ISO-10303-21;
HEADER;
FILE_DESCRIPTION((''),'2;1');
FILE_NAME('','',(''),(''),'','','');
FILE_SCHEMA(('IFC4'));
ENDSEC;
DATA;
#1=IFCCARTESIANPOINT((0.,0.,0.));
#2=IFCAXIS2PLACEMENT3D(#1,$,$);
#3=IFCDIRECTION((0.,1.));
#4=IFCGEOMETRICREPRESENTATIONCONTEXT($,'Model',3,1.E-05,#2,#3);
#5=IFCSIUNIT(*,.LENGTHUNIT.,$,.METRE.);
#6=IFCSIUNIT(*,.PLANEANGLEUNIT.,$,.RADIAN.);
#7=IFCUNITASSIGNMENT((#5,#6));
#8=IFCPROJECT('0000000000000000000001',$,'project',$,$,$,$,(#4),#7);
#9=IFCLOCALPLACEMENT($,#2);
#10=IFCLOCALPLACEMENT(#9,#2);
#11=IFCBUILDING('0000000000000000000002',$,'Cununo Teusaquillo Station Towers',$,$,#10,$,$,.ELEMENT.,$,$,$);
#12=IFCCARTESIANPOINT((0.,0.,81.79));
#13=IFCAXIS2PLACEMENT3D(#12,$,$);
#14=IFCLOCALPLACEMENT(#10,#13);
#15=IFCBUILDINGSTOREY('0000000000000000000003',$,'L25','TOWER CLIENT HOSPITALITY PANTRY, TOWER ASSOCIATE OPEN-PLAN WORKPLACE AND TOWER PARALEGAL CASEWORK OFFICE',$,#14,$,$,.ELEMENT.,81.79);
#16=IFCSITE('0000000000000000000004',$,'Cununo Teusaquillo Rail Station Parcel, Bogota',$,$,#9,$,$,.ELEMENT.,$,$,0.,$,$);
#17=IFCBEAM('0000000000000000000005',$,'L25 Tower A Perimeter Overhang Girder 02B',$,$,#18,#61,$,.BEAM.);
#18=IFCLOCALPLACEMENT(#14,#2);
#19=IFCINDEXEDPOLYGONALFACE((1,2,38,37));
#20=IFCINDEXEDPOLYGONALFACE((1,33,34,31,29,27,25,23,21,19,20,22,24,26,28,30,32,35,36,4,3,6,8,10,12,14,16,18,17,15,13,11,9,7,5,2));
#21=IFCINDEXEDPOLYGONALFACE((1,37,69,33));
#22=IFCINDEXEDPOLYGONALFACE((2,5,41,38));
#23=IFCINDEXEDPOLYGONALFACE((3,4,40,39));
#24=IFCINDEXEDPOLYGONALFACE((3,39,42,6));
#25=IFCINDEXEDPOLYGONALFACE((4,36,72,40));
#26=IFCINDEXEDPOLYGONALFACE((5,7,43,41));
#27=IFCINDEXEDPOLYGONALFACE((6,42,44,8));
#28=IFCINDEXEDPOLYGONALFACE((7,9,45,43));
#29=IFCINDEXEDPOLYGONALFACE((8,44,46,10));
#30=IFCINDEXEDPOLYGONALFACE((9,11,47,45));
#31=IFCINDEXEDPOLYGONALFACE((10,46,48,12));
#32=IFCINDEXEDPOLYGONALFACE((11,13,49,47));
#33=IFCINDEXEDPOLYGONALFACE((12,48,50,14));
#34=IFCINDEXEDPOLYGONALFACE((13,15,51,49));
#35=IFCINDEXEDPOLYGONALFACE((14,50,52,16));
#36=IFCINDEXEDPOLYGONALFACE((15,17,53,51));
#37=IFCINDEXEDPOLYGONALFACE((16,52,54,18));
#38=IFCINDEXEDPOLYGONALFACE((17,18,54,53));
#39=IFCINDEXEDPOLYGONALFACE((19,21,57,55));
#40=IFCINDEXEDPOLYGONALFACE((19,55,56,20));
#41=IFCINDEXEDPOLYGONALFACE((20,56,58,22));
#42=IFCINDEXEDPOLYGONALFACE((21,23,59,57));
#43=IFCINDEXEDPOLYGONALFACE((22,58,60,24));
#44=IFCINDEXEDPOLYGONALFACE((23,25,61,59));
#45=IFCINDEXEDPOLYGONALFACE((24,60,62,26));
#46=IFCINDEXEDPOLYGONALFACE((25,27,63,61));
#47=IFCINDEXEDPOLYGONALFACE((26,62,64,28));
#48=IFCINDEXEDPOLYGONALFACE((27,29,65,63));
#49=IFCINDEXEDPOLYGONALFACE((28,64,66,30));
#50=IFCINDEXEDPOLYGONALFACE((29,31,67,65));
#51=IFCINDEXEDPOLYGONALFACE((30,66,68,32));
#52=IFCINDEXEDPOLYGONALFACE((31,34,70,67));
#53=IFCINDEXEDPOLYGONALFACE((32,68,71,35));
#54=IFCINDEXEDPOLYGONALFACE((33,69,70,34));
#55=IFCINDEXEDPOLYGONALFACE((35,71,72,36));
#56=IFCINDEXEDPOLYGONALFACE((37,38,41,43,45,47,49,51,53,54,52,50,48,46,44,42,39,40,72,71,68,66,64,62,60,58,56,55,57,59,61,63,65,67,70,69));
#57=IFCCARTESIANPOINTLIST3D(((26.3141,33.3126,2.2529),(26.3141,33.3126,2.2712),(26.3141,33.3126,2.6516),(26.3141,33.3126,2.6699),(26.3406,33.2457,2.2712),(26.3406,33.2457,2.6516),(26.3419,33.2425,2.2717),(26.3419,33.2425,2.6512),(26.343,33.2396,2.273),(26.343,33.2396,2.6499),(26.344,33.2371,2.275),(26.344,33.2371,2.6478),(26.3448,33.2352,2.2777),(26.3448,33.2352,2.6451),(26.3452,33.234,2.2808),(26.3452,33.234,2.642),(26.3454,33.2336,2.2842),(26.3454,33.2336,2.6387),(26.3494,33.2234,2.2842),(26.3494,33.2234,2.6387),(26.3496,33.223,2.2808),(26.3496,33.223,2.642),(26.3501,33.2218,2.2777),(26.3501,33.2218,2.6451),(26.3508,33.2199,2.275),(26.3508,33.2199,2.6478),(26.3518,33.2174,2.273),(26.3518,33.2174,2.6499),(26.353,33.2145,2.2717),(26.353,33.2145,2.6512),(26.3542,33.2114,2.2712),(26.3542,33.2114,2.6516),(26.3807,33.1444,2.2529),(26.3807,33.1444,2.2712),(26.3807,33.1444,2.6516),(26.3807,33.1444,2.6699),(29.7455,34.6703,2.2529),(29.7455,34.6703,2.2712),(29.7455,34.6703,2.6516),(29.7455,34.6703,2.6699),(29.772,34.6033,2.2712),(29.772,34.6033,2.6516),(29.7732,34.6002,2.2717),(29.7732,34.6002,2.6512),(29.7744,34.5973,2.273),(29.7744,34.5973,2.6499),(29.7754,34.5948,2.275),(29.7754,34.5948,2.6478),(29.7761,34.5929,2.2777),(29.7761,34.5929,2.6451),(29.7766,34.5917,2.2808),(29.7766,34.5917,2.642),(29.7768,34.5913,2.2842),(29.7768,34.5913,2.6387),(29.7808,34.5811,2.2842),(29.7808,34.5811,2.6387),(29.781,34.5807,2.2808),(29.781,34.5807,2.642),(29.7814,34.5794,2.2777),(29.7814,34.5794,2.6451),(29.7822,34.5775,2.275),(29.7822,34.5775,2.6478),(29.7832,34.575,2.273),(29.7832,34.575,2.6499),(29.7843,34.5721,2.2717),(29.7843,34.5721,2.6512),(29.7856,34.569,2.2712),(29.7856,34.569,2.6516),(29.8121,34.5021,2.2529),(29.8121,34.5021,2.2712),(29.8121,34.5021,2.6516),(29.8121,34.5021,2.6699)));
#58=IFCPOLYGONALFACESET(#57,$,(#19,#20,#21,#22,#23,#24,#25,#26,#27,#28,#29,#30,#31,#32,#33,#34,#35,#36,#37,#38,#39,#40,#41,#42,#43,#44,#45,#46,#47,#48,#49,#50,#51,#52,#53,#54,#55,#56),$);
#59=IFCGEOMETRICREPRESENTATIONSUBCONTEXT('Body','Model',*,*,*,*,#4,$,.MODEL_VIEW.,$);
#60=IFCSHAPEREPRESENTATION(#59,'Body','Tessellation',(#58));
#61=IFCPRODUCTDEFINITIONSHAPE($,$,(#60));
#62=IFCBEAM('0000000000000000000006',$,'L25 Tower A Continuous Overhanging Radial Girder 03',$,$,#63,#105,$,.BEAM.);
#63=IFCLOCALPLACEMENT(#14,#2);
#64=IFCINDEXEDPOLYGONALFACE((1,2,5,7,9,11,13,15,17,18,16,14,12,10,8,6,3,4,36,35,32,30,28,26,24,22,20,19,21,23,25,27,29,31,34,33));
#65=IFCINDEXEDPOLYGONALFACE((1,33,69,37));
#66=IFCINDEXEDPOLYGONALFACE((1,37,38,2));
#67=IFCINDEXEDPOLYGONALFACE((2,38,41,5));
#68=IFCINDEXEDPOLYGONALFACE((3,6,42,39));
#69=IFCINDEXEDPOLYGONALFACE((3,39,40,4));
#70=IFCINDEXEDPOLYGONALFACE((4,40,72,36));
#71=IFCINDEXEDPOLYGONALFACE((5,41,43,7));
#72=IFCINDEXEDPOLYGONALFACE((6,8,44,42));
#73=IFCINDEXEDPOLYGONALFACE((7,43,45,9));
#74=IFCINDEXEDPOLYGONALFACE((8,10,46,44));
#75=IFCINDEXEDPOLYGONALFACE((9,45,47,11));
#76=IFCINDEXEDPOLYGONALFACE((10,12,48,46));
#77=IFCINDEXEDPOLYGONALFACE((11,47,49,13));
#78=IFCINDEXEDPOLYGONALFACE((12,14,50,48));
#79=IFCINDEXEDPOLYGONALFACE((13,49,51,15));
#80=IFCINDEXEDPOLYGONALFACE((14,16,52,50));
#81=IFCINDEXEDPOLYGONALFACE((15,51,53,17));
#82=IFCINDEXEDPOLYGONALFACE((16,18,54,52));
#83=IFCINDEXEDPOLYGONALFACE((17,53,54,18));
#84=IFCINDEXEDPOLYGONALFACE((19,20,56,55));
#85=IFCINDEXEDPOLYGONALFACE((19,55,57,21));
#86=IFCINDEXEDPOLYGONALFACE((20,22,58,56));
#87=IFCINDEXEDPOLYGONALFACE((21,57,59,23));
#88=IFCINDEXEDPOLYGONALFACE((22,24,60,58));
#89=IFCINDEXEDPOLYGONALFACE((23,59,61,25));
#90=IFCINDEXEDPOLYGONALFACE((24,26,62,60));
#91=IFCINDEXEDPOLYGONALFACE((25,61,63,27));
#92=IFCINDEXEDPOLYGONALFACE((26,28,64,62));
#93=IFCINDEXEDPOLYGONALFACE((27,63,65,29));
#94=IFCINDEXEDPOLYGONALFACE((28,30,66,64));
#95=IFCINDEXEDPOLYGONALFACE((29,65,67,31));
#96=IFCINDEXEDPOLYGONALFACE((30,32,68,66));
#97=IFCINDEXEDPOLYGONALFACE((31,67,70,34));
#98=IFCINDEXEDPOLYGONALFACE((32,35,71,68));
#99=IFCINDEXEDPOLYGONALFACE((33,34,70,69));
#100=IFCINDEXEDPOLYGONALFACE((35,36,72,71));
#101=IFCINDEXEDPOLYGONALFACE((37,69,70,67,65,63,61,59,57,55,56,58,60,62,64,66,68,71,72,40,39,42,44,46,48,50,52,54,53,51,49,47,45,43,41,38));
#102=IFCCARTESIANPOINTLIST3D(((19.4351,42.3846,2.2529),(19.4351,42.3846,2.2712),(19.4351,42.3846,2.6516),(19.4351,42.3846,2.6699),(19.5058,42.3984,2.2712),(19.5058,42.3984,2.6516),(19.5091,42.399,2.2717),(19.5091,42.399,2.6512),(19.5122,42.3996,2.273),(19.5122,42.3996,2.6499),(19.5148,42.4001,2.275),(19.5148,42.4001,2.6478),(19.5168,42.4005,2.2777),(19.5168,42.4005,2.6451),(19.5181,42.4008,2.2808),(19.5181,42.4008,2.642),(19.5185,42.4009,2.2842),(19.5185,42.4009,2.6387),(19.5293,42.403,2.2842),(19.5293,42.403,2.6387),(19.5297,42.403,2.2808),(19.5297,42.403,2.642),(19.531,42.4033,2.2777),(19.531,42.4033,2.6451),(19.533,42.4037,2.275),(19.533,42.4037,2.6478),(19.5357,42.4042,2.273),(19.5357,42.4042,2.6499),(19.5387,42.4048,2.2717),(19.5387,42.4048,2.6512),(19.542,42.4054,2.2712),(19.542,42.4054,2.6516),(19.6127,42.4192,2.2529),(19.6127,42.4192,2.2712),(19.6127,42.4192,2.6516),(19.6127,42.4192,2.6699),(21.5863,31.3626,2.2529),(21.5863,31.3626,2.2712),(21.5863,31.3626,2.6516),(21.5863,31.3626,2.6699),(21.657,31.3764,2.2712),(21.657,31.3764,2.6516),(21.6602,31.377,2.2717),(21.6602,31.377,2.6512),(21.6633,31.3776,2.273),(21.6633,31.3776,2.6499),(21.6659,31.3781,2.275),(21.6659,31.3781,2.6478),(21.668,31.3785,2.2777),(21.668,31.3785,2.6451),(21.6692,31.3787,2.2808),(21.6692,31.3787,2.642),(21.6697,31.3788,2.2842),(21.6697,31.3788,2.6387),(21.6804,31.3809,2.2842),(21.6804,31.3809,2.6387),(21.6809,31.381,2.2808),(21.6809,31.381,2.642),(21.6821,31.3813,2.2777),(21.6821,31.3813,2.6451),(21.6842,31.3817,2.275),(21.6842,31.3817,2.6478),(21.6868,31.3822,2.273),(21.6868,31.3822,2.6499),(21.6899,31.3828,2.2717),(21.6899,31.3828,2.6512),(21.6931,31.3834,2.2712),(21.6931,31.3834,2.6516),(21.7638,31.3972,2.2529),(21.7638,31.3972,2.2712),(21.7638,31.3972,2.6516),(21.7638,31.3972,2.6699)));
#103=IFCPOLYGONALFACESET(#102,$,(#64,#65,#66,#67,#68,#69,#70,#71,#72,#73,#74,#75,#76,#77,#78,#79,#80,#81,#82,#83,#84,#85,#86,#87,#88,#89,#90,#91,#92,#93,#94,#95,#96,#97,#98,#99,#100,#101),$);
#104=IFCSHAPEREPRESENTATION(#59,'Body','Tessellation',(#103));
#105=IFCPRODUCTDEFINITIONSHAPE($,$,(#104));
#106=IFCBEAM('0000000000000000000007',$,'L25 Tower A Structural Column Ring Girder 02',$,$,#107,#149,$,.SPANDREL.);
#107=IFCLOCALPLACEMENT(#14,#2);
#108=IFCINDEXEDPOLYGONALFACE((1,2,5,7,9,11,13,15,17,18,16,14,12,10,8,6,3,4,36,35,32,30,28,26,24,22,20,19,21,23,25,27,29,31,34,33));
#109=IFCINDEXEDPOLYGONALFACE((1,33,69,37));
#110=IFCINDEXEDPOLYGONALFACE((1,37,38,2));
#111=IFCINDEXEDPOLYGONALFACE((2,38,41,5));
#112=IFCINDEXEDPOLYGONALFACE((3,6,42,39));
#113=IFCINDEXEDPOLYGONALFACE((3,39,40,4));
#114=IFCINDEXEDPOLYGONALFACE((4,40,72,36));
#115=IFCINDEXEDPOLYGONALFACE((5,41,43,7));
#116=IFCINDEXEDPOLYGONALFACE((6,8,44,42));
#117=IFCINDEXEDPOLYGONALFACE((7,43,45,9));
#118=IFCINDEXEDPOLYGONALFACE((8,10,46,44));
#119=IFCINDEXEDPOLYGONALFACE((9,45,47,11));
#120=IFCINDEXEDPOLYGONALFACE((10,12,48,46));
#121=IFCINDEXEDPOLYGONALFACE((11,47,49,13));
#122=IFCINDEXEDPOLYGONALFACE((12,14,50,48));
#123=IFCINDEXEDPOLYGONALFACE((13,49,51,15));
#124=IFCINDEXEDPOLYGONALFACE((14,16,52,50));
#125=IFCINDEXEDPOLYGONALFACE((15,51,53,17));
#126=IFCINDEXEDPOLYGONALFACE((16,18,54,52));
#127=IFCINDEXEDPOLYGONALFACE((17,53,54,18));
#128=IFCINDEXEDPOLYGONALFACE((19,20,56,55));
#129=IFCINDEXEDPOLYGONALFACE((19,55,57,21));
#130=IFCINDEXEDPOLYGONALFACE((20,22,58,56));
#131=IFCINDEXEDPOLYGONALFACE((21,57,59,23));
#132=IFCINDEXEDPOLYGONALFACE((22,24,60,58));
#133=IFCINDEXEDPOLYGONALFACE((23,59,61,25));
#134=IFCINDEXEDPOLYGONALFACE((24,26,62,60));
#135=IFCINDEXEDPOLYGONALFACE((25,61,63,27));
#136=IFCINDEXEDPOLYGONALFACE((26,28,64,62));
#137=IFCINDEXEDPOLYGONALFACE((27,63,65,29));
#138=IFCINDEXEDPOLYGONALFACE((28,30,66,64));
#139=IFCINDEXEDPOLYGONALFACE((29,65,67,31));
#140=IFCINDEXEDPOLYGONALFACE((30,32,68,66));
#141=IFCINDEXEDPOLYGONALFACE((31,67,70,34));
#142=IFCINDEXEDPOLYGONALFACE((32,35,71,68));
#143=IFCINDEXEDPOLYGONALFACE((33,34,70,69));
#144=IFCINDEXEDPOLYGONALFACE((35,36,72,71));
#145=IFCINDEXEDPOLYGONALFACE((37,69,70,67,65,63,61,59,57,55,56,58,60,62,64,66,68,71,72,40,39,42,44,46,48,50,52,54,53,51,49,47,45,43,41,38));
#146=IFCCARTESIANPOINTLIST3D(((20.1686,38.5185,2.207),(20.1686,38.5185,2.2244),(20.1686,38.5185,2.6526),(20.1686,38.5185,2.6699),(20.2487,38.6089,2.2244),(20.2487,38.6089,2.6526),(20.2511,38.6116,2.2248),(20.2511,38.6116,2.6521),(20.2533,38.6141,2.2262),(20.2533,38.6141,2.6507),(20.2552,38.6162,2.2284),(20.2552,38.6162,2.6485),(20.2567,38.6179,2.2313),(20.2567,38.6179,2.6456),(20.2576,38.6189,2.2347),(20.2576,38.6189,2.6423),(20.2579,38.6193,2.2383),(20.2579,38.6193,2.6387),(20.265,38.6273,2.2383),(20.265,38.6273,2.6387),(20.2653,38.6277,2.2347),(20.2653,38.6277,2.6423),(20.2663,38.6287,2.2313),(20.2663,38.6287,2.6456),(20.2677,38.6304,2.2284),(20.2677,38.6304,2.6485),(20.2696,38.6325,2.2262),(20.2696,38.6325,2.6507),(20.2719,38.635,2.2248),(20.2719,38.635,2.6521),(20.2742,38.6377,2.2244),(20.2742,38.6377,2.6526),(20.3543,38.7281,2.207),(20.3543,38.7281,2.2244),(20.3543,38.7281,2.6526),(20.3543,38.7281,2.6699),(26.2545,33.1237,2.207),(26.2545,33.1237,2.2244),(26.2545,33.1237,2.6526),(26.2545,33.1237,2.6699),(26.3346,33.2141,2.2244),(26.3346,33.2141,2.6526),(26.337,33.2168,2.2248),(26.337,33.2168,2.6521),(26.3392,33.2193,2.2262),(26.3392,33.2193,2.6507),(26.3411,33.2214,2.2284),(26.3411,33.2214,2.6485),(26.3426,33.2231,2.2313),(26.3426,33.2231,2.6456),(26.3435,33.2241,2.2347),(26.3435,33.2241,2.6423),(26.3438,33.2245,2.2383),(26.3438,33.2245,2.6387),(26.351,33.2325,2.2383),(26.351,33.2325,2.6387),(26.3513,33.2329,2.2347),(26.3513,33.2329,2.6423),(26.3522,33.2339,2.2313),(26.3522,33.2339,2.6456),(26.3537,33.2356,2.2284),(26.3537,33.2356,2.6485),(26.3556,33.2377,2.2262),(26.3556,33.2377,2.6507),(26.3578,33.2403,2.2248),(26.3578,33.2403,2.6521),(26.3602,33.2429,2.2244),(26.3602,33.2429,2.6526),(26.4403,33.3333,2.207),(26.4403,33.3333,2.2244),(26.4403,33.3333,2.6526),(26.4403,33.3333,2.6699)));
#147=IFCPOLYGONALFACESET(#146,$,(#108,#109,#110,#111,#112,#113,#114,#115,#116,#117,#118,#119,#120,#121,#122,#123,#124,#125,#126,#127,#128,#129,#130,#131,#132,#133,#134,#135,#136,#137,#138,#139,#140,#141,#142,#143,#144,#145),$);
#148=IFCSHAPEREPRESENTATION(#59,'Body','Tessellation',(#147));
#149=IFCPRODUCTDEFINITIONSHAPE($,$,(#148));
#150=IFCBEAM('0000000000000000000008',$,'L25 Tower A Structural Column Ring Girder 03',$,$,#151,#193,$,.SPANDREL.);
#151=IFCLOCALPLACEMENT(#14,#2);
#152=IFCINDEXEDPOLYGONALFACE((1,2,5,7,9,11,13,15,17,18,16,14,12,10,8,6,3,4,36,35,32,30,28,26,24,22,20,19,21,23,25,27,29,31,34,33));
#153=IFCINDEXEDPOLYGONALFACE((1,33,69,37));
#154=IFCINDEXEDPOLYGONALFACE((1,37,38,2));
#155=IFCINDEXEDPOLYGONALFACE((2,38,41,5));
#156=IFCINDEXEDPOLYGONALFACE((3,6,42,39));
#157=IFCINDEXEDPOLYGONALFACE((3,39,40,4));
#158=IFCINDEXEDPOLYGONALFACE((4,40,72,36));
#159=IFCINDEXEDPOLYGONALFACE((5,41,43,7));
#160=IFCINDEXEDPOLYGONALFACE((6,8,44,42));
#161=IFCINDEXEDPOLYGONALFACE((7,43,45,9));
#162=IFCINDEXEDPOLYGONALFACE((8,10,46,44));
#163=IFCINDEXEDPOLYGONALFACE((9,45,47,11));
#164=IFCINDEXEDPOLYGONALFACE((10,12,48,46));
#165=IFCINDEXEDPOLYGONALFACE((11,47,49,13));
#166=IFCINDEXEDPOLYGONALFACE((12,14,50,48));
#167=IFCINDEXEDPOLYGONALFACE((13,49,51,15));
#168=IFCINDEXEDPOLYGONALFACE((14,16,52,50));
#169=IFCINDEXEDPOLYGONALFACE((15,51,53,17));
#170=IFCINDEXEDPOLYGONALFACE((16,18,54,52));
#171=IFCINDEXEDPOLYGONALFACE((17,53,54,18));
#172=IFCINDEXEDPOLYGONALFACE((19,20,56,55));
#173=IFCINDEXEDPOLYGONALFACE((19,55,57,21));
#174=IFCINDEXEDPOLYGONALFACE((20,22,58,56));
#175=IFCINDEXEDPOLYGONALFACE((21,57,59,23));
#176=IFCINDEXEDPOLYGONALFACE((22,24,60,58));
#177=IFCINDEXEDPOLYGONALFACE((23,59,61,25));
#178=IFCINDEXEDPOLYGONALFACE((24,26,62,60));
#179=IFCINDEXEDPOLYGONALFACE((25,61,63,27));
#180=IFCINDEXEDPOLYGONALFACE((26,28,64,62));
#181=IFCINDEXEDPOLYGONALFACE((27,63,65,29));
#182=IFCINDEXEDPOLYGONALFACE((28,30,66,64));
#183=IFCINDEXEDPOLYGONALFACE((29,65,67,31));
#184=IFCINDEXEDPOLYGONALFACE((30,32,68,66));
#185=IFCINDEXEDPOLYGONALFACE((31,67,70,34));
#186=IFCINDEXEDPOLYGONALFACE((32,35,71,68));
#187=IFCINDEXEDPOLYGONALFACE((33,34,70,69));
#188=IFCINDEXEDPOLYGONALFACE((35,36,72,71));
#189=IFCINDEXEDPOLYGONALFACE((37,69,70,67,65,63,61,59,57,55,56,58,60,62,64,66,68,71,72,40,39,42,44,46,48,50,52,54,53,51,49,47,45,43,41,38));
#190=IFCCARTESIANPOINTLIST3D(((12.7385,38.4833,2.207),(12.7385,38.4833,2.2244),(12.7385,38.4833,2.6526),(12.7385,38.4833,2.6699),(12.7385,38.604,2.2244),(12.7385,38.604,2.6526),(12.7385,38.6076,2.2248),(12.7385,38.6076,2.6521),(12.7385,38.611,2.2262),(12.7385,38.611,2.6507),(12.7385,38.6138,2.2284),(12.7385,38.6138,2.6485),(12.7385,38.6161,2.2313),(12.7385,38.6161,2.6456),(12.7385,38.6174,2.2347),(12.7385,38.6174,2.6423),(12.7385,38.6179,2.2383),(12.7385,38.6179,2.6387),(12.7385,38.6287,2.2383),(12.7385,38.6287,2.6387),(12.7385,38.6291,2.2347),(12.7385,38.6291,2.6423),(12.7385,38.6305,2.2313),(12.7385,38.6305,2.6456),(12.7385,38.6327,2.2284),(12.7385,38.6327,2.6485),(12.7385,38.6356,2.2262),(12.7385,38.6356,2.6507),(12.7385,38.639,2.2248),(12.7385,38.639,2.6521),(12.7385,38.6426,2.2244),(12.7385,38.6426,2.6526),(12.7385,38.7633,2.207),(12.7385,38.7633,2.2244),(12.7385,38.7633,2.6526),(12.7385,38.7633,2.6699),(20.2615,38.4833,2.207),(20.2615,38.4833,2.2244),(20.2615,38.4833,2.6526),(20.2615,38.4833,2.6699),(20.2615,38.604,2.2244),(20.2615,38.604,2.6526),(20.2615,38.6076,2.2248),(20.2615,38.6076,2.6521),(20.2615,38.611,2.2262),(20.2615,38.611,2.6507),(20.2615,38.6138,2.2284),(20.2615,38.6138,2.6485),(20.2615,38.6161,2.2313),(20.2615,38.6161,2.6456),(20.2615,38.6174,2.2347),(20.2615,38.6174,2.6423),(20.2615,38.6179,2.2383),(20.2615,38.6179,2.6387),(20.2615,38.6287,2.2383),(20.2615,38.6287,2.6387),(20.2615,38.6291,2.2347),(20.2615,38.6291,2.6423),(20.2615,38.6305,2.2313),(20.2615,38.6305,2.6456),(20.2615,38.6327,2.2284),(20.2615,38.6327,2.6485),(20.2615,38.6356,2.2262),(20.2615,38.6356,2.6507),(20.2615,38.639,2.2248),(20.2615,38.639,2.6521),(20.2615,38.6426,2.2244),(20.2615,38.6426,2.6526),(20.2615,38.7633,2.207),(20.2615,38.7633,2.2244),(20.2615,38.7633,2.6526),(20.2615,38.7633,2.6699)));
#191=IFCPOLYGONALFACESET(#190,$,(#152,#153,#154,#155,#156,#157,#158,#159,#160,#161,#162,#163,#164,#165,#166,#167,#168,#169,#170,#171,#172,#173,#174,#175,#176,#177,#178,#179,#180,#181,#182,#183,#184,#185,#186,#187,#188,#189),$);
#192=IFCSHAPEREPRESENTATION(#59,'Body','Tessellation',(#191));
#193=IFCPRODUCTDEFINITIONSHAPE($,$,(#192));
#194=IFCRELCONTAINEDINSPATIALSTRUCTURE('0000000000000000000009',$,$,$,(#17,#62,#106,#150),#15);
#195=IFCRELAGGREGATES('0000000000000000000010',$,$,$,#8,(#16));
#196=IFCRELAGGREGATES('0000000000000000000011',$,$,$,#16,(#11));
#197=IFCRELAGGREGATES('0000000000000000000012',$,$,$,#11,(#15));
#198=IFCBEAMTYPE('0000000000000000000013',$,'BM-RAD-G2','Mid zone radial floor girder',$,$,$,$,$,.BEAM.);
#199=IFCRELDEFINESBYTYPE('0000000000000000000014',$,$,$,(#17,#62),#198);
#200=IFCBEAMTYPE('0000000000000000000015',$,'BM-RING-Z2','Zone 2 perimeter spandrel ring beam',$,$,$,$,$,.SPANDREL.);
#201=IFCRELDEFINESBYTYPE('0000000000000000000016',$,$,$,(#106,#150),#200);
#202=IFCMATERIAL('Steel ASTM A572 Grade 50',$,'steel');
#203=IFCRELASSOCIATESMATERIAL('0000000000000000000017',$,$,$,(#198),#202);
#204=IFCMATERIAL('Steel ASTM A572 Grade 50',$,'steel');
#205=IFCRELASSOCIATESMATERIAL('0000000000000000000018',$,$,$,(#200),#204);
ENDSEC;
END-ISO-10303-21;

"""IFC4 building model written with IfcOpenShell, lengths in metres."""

from ifc_helpers import new_model, si_unit, direction, frame, origin, origin_2d, place, context, subcontext, project, spatial, i_section, extrude, material, material_profile, profile_set, type_object, element, save


model = new_model("IFC4")

# Units and contexts
model_context = context("Model", 3, precision=1e-05, world=origin(), true_north=direction((0.0, 1.0)))
body_context = subcontext(model_context, "Body", "Model", "MODEL_VIEW")
ifc_project = project(units=[si_unit("LENGTHUNIT", "METRE"), si_unit("PLANEANGLEUNIT", "RADIAN")], contexts=[model_context])

# Site, building, storey
site_placement = place(None, origin())
site = spatial("IfcSite", under=ifc_project, at=site_placement, Name="Cununo Teusaquillo Rail Station Parcel, Bogota", CompositionType="ELEMENT", RefElevation=0.0)
building_placement = place(site_placement, origin())
building = spatial("IfcBuilding", under=site, at=building_placement, Name="Cununo Teusaquillo Station Towers", CompositionType="ELEMENT")
storey_placement = place(building_placement, frame((0.0, 0.0, 81.79)))
storey = spatial("IfcBuildingStorey", under=building, at=storey_placement, Name="L25", Description="TOWER CLIENT HOSPITALITY PANTRY, TOWER ASSOCIATE OPEN-PLAN WORKPLACE AND TOWER PARALEGAL CASEWORK OFFICE", CompositionType="ELEMENT", Elevation=81.79)

# Beams
ifc_material_1 = material(Name="Steel ASTM A572 Grade 50", Category="steel")
ifc_material_profile_1 = material_profile(ifc_material_1, i_section(OverallWidth=0.1809, OverallDepth=0.417, WebThickness=0.011, FlangeThickness=0.0183, FilletRadius=0.0129, at=origin_2d()), Name="W16X57")
ifc_profile_set_1 = profile_set([ifc_material_profile_1], Name="Steel ASTM A572 Grade 50")
beam_type_1 = type_object("IfcBeamType", Name="BM-RAD-G2", Description="Mid zone radial floor girder", PredefinedType="BEAM", material=ifc_profile_set_1)
beam_1_placement = place(storey_placement, frame((26.3474, 33.2285, 2.4614), z_axis=(0.929862, 0.367909, 0.0), x_axis=(-0.367909, 0.929862, 0.0)))
element("IfcBeam", 1, at=beam_1_placement, inside=storey, type_object=beam_type_1, Name="L25 Tower A Perimeter Overhang Girder 02B", PredefinedType="BEAM", context=body_context, shape_type="SweptSolid", body=[
    extrude(i_section(OverallWidth=0.1809, OverallDepth=0.417, WebThickness=0.011, FlangeThickness=0.0183, FilletRadius=0.0129, at=origin_2d()), origin(), (0.0, 0.0, 1.0), 3.6902),
])
beam_2_placement = place(storey_placement, frame((21.675, 31.3799, 2.4614), z_axis=(-0.191553, 0.981482, 0.0), x_axis=(-0.981482, -0.191553, 0.0)))
element("IfcBeam", 2, at=beam_2_placement, inside=storey, type_object=beam_type_1, Name="L25 Tower A Continuous Overhanging Radial Girder 03", PredefinedType="BEAM", context=body_context, shape_type="SweptSolid", body=[
    extrude(i_section(OverallWidth=0.1809, OverallDepth=0.417, WebThickness=0.011, FlangeThickness=0.0183, FilletRadius=0.0129, at=origin_2d()), origin(), (0.0, 0.0, 1.0), 11.23),
])
ifc_material_2 = material(Name="Steel ASTM A572 Grade 50", Category="steel")
ifc_material_profile_2 = material_profile(ifc_material_2, i_section(OverallWidth=0.28, OverallDepth=0.4629, WebThickness=0.0107, FlangeThickness=0.0173, FilletRadius=0.0139, at=origin_2d()), Name="W18X76")
ifc_profile_set_2 = profile_set([ifc_material_profile_2], Name="Steel ASTM A572 Grade 50")
beam_type_2 = type_object("IfcBeamType", Name="BM-RING-Z2", Description="Zone 2 perimeter spandrel ring beam", PredefinedType="SPANDREL", material=ifc_profile_set_2)
beam_3_placement = place(storey_placement, frame((26.3474, 33.2285, 2.4385), z_axis=(-0.748321, 0.663337, 0.0), x_axis=(-0.663337, -0.748321, 0.0)))
element("IfcBeam", 3, at=beam_3_placement, inside=storey, type_object=beam_type_2, Name="L25 Tower A Structural Column Ring Girder 02", PredefinedType="SPANDREL", context=body_context, shape_type="SweptSolid", body=[
    extrude(i_section(OverallWidth=0.28, OverallDepth=0.4629, WebThickness=0.0107, FlangeThickness=0.0173, FilletRadius=0.0139, at=origin_2d()), origin(), (0.0, 0.0, 1.0), 8.1328),
])
beam_4_placement = place(storey_placement, frame((20.2615, 38.6233, 2.4385), z_axis=(-1.0, 0.0, 0.0), x_axis=(0.0, -1.0, 0.0)))
element("IfcBeam", 4, at=beam_4_placement, inside=storey, type_object=beam_type_2, Name="L25 Tower A Structural Column Ring Girder 03", PredefinedType="SPANDREL", context=body_context, shape_type="SweptSolid", body=[
    extrude(i_section(OverallWidth=0.28, OverallDepth=0.4629, WebThickness=0.0107, FlangeThickness=0.0173, FilletRadius=0.0139, at=origin_2d()), origin(), (0.0, 0.0, 1.0), 7.5229),
])

save(model, "model.ifc")
